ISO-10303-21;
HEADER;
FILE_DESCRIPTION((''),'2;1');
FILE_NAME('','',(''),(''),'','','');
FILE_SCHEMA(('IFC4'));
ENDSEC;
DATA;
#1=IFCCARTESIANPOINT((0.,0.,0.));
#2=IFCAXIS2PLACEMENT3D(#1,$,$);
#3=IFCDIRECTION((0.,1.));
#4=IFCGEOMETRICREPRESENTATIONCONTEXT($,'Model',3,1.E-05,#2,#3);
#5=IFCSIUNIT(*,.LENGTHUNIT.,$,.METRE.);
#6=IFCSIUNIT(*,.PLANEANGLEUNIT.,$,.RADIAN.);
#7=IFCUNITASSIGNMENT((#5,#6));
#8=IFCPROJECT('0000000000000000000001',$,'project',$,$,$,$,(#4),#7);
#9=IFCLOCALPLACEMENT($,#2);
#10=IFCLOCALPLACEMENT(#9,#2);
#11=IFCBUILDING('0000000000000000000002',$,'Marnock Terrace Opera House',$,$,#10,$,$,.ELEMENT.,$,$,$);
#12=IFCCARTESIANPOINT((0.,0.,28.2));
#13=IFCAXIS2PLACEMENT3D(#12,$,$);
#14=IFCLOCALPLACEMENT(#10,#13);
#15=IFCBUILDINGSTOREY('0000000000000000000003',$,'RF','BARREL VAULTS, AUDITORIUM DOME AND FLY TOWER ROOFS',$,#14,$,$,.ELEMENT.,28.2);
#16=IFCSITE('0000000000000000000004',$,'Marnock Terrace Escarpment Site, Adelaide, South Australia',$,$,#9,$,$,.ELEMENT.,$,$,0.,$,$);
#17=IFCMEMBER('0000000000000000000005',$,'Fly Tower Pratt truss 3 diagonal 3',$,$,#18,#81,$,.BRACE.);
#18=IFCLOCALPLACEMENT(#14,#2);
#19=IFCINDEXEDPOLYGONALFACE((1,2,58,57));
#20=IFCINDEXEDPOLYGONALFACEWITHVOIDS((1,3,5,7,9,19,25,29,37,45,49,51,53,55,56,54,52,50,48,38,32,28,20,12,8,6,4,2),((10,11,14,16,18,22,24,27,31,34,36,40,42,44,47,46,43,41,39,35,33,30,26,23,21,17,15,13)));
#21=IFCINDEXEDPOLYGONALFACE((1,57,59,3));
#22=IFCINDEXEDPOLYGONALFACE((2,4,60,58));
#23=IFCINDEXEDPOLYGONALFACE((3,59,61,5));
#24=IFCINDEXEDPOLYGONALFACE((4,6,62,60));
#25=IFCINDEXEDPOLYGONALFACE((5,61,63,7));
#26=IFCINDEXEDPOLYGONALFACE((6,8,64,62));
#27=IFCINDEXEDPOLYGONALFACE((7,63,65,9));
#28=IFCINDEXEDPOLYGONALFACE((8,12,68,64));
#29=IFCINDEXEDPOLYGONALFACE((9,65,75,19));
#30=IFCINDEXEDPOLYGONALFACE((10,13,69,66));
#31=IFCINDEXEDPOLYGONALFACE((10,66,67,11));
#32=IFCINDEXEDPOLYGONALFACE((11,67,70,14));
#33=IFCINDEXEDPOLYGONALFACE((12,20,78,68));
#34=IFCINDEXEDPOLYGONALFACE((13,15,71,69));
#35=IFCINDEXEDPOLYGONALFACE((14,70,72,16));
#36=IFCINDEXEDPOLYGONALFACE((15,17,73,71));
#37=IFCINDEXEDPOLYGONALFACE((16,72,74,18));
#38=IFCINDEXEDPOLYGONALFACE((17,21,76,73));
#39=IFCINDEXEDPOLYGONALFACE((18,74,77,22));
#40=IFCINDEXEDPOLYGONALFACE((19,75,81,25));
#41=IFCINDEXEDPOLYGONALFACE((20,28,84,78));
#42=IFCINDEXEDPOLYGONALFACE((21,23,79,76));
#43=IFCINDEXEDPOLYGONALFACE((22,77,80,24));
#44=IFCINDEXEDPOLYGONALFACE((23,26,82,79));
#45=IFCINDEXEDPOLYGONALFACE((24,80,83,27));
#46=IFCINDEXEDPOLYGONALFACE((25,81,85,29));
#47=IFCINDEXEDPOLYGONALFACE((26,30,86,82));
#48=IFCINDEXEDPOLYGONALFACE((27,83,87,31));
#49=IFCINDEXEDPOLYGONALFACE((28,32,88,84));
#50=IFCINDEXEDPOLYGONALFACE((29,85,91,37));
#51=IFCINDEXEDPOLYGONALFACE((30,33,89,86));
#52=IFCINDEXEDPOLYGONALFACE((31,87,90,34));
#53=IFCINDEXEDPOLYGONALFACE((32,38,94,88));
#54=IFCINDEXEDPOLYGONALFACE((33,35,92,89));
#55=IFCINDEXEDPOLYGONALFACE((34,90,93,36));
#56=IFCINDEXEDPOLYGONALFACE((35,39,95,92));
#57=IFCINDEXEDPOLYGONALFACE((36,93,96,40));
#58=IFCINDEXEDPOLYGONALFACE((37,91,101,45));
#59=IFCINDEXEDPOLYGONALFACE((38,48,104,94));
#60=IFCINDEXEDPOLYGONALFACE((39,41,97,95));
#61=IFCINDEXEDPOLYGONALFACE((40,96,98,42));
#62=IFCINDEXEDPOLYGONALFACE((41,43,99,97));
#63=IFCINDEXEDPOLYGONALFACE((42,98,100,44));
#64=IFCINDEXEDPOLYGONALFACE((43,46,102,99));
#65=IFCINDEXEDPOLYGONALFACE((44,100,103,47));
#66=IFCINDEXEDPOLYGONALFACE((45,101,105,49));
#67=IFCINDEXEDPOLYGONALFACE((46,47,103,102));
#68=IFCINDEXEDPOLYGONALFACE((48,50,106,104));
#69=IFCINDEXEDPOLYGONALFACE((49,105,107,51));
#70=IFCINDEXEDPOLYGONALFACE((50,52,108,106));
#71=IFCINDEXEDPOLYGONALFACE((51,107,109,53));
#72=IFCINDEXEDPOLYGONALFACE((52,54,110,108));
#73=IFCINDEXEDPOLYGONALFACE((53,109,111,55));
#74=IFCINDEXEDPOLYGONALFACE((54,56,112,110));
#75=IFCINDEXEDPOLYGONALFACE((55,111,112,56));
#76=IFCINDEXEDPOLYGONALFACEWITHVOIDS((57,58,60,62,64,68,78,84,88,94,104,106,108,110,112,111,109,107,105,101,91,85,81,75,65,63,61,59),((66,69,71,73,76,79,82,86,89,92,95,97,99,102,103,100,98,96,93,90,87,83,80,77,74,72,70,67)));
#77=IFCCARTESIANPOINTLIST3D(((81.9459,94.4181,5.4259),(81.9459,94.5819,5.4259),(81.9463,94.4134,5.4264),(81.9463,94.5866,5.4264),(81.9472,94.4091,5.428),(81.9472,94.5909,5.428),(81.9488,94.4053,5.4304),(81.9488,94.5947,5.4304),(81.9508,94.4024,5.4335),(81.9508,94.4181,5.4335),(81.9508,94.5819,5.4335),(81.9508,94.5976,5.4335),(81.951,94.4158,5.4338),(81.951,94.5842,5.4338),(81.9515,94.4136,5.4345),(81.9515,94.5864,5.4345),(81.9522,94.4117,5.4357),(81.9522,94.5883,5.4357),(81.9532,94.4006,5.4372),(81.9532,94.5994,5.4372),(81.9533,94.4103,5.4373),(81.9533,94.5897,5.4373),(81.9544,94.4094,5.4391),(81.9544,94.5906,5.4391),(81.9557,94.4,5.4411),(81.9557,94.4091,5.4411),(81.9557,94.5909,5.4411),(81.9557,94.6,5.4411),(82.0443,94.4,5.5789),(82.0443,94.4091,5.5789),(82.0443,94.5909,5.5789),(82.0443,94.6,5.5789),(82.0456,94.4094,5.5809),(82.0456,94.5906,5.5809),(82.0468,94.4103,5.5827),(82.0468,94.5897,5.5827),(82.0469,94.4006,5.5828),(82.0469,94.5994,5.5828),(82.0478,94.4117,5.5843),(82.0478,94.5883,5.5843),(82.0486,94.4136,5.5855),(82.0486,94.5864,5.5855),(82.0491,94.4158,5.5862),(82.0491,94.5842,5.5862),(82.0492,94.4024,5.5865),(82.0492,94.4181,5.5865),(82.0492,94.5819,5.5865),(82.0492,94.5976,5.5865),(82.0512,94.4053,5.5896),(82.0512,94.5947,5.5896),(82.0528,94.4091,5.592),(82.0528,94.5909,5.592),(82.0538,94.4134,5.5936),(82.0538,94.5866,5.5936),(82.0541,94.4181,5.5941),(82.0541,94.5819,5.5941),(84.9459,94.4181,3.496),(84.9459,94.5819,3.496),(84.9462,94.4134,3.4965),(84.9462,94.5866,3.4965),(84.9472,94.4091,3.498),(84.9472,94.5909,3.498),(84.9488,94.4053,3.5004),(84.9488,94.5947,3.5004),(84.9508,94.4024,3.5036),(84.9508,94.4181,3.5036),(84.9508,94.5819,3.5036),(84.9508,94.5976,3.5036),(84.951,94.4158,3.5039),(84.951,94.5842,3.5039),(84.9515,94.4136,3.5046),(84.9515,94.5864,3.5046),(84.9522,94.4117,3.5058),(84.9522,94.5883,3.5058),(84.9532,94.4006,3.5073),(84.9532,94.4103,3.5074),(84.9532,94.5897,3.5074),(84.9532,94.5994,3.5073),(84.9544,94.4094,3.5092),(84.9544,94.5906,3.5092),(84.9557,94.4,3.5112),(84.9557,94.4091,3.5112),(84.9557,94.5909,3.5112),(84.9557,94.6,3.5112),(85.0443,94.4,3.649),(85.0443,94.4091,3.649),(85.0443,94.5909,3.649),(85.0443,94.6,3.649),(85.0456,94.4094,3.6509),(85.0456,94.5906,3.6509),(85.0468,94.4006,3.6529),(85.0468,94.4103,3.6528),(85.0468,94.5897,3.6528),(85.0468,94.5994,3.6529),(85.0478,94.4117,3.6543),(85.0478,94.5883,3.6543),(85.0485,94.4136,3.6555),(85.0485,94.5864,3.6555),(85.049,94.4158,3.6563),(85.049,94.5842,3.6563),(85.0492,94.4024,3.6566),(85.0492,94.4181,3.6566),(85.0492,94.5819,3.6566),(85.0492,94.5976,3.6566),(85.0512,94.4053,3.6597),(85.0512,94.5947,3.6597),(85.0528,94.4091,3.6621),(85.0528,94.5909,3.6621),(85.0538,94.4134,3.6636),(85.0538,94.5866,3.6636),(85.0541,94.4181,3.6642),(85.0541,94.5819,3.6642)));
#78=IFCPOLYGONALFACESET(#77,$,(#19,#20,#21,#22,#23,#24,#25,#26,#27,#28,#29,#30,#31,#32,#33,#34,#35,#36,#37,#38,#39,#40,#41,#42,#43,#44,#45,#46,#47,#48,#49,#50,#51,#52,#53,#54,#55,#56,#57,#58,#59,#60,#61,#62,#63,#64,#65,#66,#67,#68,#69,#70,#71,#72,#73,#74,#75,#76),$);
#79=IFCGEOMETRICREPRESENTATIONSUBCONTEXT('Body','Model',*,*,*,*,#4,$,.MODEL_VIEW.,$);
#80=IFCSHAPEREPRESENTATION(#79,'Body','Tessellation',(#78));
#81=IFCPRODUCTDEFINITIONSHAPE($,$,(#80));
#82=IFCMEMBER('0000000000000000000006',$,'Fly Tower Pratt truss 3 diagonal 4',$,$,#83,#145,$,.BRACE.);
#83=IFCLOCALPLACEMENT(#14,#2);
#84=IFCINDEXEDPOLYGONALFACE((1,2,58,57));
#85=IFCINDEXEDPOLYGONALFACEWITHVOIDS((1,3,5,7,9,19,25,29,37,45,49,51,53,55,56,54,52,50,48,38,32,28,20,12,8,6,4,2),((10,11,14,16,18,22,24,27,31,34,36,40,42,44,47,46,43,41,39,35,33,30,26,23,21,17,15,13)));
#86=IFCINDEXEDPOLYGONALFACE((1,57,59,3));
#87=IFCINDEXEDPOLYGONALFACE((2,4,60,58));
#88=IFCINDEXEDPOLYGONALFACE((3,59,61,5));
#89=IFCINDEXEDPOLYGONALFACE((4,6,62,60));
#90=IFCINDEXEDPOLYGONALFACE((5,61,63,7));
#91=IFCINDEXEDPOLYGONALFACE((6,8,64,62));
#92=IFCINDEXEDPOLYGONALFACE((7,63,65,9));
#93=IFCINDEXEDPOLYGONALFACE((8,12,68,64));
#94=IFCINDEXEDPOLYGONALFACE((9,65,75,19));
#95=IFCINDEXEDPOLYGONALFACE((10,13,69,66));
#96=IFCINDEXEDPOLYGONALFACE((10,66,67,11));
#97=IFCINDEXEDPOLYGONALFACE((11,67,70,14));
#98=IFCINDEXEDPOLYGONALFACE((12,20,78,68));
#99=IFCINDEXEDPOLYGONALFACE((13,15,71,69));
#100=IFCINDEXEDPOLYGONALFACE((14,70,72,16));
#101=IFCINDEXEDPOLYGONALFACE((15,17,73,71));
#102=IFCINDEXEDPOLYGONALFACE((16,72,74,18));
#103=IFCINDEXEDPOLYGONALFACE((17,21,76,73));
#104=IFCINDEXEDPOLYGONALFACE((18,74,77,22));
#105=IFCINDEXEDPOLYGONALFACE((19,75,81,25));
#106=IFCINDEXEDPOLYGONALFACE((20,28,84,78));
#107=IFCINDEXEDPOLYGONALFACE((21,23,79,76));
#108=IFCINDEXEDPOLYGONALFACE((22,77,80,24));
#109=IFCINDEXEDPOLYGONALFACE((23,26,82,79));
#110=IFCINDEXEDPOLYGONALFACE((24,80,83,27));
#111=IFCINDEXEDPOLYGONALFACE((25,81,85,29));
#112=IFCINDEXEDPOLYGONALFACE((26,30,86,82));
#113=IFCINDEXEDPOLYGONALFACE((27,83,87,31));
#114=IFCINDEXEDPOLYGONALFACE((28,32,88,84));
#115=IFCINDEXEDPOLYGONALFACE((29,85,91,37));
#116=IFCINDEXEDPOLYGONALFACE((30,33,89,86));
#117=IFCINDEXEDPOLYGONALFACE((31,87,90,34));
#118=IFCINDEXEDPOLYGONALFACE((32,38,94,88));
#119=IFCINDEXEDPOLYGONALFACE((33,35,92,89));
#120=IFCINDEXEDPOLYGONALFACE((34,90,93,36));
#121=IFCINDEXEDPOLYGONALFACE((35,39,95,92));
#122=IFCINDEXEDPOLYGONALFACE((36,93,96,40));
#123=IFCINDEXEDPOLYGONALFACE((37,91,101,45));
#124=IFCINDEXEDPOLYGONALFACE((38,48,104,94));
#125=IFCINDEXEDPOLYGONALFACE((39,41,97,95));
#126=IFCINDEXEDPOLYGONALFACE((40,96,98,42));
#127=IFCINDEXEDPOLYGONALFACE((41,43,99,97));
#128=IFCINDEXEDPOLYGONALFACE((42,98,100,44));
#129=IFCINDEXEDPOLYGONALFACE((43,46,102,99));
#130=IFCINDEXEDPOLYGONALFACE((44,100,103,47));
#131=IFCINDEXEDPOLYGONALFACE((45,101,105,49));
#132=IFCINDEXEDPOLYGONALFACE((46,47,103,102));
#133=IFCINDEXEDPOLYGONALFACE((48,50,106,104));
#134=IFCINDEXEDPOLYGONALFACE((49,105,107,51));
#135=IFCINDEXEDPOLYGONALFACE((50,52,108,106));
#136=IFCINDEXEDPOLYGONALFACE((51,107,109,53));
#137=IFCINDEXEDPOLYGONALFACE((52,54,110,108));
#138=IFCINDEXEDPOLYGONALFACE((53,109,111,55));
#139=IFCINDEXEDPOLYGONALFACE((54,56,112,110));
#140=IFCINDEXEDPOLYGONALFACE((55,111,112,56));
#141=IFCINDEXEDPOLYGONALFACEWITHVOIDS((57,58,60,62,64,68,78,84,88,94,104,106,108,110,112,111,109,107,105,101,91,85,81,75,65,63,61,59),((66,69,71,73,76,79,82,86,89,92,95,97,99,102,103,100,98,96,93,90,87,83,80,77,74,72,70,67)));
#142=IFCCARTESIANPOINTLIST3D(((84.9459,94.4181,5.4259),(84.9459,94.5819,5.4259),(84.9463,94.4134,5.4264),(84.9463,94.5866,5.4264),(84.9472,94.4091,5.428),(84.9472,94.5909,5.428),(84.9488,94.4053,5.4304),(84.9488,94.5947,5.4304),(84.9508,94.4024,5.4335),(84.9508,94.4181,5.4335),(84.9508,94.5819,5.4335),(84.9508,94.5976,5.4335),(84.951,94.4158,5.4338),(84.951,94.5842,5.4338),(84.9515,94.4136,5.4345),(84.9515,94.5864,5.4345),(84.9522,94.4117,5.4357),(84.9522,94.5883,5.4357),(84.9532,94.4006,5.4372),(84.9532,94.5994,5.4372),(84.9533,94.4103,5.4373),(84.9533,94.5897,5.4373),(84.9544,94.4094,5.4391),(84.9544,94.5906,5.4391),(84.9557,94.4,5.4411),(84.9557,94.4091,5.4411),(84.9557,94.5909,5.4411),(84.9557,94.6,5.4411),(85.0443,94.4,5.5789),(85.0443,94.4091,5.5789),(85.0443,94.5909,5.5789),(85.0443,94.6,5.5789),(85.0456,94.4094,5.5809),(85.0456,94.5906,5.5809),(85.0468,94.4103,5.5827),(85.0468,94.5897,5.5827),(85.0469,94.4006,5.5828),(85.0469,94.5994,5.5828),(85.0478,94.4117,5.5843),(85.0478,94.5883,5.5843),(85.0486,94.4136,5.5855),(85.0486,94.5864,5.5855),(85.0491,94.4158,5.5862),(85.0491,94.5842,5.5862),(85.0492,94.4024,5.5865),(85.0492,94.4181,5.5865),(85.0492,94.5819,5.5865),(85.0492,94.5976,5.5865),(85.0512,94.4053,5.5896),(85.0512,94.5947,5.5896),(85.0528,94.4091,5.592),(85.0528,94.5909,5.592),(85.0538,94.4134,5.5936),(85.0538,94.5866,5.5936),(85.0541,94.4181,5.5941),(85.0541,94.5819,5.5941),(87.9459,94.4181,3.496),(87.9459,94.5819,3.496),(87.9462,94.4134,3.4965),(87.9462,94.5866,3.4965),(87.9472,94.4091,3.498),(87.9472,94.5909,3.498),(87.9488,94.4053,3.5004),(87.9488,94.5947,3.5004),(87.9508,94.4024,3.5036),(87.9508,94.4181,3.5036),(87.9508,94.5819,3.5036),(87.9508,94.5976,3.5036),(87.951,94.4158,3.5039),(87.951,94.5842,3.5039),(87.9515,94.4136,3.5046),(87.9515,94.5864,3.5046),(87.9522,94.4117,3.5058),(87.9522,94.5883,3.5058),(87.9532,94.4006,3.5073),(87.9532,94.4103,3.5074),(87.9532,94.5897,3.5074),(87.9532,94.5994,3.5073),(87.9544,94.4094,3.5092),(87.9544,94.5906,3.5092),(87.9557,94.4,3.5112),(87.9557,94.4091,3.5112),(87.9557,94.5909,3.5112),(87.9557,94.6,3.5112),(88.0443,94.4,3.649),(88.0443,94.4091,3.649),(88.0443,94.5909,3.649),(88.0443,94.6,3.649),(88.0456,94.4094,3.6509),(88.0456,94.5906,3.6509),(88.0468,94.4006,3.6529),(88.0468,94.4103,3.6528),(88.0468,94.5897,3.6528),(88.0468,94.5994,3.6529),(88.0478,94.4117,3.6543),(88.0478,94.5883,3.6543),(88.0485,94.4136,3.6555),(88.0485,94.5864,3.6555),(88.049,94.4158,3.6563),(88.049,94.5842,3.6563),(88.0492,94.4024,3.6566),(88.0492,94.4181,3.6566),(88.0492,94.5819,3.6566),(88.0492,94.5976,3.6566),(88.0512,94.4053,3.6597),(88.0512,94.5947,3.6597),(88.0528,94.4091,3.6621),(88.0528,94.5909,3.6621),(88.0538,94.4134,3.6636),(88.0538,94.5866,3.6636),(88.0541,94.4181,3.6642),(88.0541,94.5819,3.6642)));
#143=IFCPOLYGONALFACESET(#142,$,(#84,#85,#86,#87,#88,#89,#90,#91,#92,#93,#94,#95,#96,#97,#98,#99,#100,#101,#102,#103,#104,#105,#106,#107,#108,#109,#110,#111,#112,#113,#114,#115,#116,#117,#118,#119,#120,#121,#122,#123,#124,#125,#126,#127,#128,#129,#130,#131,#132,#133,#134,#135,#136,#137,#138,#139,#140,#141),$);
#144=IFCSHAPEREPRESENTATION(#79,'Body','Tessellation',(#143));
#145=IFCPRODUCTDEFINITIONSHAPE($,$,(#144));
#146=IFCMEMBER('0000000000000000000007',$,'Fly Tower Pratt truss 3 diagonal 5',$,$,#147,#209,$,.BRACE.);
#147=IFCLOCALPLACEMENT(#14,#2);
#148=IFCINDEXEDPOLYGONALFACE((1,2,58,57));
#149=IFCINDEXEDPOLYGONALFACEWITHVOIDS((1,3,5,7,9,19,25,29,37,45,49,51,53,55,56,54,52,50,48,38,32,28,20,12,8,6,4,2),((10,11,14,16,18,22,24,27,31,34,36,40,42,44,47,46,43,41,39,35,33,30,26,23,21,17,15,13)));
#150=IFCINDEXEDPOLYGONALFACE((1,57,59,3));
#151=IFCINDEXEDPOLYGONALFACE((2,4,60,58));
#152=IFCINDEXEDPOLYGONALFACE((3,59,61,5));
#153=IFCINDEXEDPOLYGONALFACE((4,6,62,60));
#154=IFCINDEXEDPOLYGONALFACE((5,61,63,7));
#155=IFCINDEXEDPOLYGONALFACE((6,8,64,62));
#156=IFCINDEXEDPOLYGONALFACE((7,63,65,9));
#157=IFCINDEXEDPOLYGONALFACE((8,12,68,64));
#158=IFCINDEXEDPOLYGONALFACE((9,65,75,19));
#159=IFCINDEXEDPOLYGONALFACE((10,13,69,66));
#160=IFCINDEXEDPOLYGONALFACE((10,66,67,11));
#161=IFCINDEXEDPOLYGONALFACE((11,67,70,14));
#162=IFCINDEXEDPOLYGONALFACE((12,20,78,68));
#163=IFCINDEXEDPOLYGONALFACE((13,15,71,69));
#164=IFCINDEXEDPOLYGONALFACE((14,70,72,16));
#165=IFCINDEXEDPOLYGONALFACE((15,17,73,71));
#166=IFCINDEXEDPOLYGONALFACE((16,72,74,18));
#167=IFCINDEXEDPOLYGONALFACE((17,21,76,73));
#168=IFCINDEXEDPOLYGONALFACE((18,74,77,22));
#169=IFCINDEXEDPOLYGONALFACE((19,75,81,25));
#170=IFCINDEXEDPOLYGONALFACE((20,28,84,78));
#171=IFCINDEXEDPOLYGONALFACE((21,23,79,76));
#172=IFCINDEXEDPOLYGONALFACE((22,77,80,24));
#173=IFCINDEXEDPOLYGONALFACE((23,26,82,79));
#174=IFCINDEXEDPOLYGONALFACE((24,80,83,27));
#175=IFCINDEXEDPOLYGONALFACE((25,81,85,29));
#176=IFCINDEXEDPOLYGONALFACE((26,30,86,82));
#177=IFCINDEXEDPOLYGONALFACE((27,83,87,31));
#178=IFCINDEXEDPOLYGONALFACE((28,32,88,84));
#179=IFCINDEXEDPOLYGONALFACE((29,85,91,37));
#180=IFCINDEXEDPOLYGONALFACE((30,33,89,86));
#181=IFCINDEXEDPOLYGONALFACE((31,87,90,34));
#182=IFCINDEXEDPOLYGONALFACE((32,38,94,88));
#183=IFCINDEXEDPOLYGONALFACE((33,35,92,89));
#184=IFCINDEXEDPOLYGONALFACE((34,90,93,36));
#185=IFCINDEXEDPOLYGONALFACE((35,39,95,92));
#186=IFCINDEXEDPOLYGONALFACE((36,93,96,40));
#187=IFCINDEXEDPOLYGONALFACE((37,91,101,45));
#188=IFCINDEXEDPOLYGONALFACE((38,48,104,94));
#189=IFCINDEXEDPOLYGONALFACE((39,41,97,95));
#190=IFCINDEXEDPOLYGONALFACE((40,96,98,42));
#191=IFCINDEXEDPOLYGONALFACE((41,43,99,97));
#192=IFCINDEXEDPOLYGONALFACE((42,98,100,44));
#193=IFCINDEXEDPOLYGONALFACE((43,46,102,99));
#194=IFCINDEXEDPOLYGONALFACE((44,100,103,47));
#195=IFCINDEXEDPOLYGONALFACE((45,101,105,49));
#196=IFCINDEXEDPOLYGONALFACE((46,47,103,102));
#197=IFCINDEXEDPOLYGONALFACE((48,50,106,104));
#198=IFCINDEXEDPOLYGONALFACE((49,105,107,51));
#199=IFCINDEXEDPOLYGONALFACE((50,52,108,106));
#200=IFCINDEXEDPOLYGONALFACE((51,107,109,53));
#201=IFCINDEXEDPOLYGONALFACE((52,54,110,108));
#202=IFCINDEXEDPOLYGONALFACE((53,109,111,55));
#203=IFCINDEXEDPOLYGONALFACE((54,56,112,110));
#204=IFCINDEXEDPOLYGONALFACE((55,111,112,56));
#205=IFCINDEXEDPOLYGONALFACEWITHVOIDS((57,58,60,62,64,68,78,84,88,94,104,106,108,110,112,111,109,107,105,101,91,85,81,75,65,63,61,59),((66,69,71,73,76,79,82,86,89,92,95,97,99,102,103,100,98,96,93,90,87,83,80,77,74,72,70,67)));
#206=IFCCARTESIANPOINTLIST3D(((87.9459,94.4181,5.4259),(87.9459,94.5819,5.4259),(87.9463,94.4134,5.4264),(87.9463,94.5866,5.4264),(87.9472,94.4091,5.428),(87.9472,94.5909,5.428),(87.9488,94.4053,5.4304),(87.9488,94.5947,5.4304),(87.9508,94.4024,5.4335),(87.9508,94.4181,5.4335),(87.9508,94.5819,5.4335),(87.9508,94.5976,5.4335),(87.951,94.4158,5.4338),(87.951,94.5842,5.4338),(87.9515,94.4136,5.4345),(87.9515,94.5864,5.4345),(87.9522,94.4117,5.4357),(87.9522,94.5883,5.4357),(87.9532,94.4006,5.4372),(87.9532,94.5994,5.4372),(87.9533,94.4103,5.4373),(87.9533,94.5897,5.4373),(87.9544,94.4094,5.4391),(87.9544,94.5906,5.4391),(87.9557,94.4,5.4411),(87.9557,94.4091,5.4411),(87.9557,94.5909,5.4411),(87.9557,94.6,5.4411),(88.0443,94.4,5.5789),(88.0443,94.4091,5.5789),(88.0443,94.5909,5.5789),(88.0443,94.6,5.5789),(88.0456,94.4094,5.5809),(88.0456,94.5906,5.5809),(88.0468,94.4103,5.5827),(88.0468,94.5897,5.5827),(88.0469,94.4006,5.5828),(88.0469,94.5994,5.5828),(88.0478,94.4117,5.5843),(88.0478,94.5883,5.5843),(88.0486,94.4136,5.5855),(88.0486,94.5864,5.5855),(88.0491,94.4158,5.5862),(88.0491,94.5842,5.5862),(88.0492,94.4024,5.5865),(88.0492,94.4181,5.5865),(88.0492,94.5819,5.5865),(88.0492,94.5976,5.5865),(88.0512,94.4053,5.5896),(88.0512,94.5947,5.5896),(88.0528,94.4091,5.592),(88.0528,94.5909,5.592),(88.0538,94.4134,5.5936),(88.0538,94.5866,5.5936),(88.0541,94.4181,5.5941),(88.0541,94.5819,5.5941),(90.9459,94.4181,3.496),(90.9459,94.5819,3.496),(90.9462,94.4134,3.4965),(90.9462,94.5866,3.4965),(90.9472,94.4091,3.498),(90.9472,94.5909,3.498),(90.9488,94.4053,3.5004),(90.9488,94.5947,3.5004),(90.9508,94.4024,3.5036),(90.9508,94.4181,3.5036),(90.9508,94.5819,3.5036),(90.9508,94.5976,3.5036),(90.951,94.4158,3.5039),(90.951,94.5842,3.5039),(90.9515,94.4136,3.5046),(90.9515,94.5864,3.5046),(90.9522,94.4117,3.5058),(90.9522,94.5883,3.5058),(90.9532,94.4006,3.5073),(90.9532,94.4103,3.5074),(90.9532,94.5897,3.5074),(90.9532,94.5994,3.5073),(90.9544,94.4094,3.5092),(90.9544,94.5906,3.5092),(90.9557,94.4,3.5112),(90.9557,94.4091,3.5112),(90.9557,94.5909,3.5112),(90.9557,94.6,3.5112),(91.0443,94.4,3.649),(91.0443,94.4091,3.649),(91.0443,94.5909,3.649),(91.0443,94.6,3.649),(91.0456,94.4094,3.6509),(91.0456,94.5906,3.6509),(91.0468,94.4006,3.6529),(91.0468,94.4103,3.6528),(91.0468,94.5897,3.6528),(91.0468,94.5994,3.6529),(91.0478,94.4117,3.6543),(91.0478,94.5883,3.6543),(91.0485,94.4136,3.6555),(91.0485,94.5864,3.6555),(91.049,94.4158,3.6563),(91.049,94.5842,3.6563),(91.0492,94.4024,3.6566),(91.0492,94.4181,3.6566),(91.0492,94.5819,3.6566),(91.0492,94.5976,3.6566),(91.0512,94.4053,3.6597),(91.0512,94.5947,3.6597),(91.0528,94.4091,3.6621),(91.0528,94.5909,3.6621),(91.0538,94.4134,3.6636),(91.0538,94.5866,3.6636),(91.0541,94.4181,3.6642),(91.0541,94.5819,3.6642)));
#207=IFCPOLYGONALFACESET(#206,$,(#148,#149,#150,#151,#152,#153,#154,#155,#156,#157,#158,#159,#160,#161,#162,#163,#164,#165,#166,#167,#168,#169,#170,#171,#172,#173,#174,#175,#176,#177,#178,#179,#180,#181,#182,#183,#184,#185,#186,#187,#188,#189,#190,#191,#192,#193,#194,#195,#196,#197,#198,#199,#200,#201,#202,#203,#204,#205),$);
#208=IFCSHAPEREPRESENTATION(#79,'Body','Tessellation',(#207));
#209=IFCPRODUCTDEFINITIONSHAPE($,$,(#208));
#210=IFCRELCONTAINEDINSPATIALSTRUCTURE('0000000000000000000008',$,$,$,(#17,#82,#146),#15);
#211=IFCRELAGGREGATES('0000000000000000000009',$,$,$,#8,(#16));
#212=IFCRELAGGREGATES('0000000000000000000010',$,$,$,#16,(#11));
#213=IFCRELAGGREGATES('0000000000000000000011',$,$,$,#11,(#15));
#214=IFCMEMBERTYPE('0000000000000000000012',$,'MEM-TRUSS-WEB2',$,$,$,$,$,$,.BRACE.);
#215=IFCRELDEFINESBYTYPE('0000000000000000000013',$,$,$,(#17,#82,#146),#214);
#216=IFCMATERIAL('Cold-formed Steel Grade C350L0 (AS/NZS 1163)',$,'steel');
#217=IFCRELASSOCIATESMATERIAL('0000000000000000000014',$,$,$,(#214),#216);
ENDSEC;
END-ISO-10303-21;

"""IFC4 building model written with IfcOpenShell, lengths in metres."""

from ifc_helpers import new_model, si_unit, direction, frame, origin, origin_2d, place, context, subcontext, project, spatial, hollow_rectangle, extrude, material, material_profile, profile_set, type_object, element, save


model = new_model("IFC4")

# Units and contexts
model_context = context("Model", 3, precision=1e-05, world=origin(), true_north=direction((0.0, 1.0)))
body_context = subcontext(model_context, "Body", "Model", "MODEL_VIEW")
ifc_project = project(units=[si_unit("LENGTHUNIT", "METRE"), si_unit("PLANEANGLEUNIT", "RADIAN")], contexts=[model_context])

# Site, building, storey
site_placement = place(None, origin())
site = spatial("IfcSite", under=ifc_project, at=site_placement, Name="Marnock Terrace Escarpment Site, Adelaide, South Australia", CompositionType="ELEMENT", RefElevation=0.0)
building_placement = place(site_placement, origin())
building = spatial("IfcBuilding", under=site, at=building_placement, Name="Marnock Terrace Opera House", CompositionType="ELEMENT")
storey_placement = place(building_placement, frame((0.0, 0.0, 28.2)))
storey = spatial("IfcBuildingStorey", under=building, at=storey_placement, Name="RF", Description="BARREL VAULTS, AUDITORIUM DOME AND FLY TOWER ROOFS", CompositionType="ELEMENT", Elevation=28.2)

# Members
ifc_material_1 = material(Name="Cold-formed Steel Grade C350L0 (AS/NZS 1163)", Category="steel")
ifc_material_profile_1 = material_profile(ifc_material_1, hollow_rectangle(XDim=0.2, YDim=0.2, WallThickness=0.009, InnerFilletRadius=0.009, OuterFilletRadius=0.0181, at=origin_2d()))
ifc_profile_set_1 = profile_set([ifc_material_profile_1], Name="Cold-formed Steel Grade C350L0 (AS/NZS 1163)")
member_type_1 = type_object("IfcMemberType", Name="MEM-TRUSS-WEB2", PredefinedType="BRACE", material=ifc_profile_set_1)
for number, where, z_axis, x_axis, name in (
    (1, (85.0, 94.5, 3.5801), (-0.841005, 0.0, 0.541027), (0.0, -1.0, 0.0), "Fly Tower Pratt truss 3 diagonal 3"),
    (2, (88.0, 94.5, 3.5801), (-0.841005, 0.0, 0.541027), (0.0, -1.0, 0.0), "Fly Tower Pratt truss 3 diagonal 4"),
    (3, (91.0, 94.5, 3.5801), (-0.841005, 0.0, 0.541027), (0.0, -1.0, 0.0), "Fly Tower Pratt truss 3 diagonal 5"),
):
    element("IfcMember", number, at=place(storey_placement, frame(where, z_axis=z_axis, x_axis=x_axis)), inside=storey, type_object=member_type_1, Name=name, PredefinedType="BRACE", context=body_context, shape_type="SweptSolid", body=[
        extrude(hollow_rectangle(XDim=0.2, YDim=0.2, WallThickness=0.009, InnerFilletRadius=0.009, OuterFilletRadius=0.0181, at=origin_2d()), origin(), (0.0, 0.0, 1.0), 3.5671),
    ])

save(model, "model.ifc")
